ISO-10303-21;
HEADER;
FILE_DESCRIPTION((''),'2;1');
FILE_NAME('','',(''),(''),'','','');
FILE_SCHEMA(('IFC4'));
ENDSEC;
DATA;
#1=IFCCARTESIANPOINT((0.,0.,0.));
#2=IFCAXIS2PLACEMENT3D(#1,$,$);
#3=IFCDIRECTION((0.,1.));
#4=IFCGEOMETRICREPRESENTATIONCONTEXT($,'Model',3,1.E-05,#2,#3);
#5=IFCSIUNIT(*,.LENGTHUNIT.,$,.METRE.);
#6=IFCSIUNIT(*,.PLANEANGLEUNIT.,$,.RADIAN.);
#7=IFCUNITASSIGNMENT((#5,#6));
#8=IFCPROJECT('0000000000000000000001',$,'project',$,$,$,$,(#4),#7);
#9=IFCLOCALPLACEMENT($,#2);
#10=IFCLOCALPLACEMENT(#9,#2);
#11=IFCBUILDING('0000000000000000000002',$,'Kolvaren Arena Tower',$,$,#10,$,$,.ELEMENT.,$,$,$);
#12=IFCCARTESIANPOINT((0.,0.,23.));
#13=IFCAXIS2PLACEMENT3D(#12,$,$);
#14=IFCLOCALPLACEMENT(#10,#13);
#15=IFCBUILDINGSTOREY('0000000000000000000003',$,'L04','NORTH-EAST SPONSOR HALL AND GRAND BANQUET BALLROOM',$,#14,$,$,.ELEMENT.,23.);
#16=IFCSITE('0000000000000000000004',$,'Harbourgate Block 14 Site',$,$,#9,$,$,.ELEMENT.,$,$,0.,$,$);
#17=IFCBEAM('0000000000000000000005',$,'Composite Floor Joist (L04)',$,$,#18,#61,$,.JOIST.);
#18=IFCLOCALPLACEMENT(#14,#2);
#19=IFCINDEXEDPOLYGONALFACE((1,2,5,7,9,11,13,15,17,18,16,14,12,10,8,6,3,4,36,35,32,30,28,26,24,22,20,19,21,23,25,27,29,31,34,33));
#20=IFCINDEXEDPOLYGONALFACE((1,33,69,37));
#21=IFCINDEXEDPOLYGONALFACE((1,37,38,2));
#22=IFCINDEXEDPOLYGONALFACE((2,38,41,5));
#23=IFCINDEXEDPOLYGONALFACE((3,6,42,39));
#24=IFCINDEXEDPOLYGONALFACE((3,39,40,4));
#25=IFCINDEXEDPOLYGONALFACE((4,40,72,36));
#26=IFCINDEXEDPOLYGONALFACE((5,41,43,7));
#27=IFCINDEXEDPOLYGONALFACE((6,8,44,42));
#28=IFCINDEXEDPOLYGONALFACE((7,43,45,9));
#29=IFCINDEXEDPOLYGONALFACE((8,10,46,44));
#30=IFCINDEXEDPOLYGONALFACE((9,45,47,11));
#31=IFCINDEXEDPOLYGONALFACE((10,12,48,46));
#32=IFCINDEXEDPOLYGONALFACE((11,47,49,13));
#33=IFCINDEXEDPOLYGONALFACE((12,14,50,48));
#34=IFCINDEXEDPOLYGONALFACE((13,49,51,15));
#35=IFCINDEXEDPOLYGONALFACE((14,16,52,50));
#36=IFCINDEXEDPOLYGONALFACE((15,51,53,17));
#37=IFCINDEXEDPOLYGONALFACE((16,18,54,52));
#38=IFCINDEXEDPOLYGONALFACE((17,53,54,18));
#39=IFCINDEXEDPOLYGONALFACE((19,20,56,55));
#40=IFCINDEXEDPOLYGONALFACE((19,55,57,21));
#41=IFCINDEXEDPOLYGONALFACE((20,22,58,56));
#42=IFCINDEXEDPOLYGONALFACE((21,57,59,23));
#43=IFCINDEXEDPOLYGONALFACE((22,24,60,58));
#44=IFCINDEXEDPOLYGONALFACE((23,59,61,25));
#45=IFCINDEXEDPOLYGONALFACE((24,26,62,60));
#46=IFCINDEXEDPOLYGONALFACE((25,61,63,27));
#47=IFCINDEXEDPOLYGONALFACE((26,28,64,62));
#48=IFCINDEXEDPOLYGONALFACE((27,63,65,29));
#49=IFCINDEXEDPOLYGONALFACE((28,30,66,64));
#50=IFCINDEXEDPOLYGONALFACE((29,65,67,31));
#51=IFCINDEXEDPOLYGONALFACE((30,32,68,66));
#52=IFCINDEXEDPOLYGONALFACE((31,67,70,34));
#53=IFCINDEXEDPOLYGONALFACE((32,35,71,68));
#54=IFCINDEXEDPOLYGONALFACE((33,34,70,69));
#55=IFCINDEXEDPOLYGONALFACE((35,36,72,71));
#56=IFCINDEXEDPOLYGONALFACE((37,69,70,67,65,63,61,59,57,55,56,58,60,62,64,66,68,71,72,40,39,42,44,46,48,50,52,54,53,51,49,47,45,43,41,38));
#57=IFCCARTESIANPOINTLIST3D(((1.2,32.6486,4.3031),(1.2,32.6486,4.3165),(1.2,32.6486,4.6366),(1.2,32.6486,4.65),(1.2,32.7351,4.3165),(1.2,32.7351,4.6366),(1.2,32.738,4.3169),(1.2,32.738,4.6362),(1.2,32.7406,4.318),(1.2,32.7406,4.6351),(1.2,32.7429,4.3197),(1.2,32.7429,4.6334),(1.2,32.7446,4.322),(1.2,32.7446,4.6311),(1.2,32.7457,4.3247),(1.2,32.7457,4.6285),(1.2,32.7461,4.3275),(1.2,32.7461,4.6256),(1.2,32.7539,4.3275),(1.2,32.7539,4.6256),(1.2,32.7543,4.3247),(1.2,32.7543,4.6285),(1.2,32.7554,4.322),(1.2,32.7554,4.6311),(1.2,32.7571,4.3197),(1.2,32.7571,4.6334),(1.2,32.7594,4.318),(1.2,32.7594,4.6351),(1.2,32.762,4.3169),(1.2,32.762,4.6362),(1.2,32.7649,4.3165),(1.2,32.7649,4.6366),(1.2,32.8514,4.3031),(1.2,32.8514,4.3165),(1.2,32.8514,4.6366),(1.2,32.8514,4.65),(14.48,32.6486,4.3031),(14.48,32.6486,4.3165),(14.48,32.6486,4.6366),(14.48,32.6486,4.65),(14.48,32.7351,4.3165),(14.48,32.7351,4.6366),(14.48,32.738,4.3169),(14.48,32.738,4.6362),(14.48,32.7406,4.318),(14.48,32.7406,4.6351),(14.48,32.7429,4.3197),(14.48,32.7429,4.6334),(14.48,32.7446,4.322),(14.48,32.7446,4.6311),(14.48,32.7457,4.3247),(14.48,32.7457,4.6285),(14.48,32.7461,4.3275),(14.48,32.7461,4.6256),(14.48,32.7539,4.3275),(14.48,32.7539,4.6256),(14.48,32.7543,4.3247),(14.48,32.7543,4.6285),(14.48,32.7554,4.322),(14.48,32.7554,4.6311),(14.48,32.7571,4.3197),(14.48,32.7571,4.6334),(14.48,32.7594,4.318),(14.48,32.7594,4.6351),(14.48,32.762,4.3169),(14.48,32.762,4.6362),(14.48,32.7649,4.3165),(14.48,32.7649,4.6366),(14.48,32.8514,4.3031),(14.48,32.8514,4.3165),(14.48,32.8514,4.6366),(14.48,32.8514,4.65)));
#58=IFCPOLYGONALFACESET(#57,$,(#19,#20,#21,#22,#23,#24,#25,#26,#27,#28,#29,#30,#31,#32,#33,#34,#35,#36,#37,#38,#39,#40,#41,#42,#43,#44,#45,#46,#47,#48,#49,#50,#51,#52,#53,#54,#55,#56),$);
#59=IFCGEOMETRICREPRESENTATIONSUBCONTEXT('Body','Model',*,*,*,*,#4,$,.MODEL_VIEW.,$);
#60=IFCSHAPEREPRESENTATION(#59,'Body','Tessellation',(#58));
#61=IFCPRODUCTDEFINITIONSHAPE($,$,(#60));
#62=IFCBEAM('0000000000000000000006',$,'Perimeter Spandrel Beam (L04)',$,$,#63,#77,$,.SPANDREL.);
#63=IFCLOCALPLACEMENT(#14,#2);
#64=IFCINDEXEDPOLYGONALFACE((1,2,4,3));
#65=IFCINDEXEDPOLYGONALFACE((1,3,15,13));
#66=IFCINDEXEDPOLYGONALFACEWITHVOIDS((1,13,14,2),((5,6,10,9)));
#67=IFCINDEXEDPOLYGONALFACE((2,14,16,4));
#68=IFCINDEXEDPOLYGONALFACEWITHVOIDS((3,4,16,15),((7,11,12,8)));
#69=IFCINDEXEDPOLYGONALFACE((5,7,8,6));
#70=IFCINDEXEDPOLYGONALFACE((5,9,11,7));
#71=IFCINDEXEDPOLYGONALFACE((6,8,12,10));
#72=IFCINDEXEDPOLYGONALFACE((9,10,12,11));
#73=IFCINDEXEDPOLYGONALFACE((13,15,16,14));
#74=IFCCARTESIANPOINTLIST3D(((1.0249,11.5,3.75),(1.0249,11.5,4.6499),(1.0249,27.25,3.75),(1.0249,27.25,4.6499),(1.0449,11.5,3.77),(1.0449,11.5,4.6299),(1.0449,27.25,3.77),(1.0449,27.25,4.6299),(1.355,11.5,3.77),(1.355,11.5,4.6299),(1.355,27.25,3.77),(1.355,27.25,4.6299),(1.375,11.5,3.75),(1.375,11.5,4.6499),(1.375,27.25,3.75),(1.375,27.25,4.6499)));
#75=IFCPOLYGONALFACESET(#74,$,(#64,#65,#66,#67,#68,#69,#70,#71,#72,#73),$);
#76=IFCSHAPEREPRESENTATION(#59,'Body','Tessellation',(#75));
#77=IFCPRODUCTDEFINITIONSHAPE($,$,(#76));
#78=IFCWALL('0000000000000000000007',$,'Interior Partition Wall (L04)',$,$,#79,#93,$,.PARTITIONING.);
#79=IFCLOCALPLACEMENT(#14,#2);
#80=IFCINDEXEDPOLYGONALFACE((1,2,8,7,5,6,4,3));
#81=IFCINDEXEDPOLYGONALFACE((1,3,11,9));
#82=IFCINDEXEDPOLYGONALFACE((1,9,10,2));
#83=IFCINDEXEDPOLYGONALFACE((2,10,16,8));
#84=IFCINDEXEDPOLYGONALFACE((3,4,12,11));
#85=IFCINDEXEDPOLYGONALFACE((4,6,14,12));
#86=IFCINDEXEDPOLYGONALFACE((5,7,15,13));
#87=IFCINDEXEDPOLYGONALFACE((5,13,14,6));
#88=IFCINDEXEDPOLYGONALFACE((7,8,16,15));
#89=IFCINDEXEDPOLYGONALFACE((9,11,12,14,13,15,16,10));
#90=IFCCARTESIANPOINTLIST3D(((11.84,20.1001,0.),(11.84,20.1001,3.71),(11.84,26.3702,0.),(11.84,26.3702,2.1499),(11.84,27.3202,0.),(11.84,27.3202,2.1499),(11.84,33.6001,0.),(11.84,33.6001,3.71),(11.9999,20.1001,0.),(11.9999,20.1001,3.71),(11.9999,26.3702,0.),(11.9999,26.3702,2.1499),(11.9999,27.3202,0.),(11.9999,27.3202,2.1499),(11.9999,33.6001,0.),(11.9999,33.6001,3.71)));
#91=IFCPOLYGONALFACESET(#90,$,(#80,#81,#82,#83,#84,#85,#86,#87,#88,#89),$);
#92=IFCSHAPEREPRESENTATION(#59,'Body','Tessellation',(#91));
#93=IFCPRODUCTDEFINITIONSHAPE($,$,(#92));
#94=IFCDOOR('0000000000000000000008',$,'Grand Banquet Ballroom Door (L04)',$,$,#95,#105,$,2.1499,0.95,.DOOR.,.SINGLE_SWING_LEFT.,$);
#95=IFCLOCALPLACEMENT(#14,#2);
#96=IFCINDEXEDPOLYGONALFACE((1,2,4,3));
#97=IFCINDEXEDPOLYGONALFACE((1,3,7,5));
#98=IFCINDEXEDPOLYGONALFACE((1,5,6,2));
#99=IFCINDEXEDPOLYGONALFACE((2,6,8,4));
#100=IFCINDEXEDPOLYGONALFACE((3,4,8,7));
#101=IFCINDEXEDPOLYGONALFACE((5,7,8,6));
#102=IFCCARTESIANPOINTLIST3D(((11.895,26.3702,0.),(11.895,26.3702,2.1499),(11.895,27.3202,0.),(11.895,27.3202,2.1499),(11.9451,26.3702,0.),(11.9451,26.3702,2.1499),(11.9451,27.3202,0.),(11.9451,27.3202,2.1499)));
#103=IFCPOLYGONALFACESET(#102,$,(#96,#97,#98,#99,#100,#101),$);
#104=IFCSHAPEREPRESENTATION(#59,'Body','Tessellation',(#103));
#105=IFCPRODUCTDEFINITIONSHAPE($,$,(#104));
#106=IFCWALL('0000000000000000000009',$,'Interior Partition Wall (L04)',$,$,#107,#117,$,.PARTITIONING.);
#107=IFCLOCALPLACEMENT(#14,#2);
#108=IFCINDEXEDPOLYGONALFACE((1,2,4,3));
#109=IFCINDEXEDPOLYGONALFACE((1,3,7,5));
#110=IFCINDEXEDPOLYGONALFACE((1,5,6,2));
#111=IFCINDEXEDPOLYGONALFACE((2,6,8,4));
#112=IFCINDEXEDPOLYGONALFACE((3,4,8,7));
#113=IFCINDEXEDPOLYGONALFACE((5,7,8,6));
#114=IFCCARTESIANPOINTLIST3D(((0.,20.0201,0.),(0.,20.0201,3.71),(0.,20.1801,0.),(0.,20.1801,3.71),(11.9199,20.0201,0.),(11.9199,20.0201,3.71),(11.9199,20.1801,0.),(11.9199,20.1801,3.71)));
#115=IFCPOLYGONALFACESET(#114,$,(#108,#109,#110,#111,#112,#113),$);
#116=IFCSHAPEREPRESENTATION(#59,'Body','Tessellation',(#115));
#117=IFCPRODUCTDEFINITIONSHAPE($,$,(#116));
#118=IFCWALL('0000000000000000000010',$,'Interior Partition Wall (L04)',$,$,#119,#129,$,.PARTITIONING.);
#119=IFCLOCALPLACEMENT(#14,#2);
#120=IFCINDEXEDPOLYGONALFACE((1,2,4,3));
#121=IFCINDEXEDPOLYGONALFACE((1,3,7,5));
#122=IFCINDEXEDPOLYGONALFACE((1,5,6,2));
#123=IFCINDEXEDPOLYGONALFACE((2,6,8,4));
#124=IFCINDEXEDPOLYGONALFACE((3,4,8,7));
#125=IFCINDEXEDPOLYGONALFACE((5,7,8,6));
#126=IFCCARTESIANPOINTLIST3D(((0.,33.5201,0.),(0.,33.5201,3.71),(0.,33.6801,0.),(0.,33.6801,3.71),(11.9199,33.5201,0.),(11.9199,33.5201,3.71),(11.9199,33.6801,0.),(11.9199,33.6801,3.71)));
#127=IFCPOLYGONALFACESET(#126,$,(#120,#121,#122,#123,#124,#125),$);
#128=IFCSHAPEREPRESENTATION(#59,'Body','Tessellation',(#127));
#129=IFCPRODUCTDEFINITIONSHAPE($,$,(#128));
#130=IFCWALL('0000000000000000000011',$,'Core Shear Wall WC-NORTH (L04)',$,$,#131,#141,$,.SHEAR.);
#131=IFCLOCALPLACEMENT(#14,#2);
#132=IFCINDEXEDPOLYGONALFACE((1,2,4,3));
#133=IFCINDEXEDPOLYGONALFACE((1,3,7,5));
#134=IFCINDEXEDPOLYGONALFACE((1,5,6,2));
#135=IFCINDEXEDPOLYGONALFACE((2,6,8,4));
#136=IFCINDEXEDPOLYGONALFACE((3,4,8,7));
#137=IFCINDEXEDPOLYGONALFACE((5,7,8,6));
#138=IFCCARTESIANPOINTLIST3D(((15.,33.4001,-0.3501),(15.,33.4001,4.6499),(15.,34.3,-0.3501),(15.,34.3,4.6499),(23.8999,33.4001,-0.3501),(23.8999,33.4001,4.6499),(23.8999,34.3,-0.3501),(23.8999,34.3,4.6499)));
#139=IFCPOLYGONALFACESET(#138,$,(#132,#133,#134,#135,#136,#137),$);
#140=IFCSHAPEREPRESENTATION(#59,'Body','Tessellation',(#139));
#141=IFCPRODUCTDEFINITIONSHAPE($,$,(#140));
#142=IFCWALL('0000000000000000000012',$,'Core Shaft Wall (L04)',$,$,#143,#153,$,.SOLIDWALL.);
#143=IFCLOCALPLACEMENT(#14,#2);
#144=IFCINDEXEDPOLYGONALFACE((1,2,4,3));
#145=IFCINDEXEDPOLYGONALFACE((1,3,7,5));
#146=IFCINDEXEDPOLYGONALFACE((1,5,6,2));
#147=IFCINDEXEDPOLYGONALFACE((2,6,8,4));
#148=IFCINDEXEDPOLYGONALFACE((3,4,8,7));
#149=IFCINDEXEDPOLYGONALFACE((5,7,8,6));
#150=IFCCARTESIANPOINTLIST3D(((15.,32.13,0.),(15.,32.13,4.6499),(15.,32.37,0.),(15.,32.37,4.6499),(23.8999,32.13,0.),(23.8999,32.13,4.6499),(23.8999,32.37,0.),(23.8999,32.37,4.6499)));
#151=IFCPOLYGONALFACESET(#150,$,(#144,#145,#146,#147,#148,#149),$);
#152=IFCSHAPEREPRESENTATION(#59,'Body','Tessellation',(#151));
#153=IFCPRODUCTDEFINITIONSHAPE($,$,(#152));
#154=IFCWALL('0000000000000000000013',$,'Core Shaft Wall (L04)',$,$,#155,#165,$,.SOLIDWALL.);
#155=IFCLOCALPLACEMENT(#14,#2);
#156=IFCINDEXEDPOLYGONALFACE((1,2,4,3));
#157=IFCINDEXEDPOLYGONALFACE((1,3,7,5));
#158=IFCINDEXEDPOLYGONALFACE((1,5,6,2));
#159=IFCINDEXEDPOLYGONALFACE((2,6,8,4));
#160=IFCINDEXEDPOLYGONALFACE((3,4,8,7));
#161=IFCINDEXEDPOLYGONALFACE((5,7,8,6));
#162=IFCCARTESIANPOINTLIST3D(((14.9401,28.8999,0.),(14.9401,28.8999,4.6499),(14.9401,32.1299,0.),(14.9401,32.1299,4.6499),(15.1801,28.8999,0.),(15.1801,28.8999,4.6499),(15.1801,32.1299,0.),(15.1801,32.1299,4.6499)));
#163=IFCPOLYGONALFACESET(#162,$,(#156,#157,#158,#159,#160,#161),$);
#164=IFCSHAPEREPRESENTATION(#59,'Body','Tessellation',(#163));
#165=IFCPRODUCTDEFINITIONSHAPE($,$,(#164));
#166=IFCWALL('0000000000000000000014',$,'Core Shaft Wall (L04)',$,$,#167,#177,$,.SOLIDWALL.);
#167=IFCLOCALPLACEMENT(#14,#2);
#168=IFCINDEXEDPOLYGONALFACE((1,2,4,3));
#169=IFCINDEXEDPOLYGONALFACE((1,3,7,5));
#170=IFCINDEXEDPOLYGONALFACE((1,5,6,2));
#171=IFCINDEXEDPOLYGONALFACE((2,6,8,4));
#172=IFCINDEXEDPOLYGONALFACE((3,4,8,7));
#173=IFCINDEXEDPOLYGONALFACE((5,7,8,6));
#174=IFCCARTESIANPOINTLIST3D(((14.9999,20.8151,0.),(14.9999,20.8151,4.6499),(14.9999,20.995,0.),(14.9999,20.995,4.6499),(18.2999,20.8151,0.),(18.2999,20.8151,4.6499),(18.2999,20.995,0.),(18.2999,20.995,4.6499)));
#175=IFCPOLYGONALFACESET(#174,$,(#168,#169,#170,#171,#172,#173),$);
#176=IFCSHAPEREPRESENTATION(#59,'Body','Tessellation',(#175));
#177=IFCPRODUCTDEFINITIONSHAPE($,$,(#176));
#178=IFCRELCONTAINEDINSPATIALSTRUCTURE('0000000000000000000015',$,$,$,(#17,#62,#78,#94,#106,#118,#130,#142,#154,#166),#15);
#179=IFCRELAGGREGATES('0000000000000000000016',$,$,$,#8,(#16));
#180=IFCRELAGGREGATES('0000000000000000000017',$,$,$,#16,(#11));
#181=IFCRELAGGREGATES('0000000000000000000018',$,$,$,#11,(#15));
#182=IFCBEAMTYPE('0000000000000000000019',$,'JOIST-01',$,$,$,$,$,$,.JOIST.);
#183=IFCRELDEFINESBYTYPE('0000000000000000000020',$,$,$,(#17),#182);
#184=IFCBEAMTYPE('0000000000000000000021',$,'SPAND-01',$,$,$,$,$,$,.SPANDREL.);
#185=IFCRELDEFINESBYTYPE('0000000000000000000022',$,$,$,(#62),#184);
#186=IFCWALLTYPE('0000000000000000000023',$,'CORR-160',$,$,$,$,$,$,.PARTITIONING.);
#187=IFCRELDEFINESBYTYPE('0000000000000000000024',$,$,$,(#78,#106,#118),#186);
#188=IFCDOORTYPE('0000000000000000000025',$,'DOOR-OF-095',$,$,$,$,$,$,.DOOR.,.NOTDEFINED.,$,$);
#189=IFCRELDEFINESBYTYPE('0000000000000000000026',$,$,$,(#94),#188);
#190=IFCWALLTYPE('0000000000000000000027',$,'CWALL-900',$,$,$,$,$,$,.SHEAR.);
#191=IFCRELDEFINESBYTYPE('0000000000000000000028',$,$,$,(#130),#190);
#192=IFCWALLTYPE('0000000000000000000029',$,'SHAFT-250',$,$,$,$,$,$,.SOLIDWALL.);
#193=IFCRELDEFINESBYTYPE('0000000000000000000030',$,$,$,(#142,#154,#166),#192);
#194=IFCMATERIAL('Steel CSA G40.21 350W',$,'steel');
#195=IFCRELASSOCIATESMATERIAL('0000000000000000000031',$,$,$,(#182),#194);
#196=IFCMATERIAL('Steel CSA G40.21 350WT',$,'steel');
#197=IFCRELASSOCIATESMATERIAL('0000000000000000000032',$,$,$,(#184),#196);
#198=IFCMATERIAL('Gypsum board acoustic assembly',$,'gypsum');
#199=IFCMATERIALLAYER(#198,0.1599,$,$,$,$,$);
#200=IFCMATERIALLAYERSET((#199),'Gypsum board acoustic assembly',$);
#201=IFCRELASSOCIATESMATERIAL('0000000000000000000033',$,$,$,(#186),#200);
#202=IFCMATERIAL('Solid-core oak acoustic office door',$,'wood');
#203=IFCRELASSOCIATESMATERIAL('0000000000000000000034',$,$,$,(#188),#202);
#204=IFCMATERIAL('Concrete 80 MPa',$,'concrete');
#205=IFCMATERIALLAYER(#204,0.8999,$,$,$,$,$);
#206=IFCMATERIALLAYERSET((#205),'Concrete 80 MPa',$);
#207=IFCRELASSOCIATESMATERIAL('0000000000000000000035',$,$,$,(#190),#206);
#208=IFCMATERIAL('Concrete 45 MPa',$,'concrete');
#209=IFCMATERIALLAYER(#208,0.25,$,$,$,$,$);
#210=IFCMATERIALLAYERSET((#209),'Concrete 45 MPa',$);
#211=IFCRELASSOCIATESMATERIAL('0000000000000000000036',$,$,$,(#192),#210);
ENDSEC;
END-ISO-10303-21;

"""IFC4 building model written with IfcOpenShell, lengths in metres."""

from ifc_helpers import new_model, si_unit, direction, frame, frame_2d, origin, origin_2d, place, context, subcontext, project, spatial, rectangle, hollow_rectangle, i_section, extrude, material, layer, layer_set, material_profile, profile_set, type_object, element, fill, save


model = new_model("IFC4")

# Units and contexts
model_context = context("Model", 3, precision=1e-05, world=origin(), true_north=direction((0.0, 1.0)))
body_context = subcontext(model_context, "Body", "Model", "MODEL_VIEW")
ifc_project = project(units=[si_unit("LENGTHUNIT", "METRE"), si_unit("PLANEANGLEUNIT", "RADIAN")], contexts=[model_context])

# Site, building, storey
site_placement = place(None, origin())
site = spatial("IfcSite", under=ifc_project, at=site_placement, Name="Harbourgate Block 14 Site", CompositionType="ELEMENT", RefElevation=0.0)
building_placement = place(site_placement, origin())
building = spatial("IfcBuilding", under=site, at=building_placement, Name="Kolvaren Arena Tower", CompositionType="ELEMENT")
storey_placement = place(building_placement, frame((0.0, 0.0, 23.0)))
storey = spatial("IfcBuildingStorey", under=building, at=storey_placement, Name="L04", Description="NORTH-EAST SPONSOR HALL AND GRAND BANQUET BALLROOM", CompositionType="ELEMENT", Elevation=23.0)

# Beams
ifc_material_1 = material(Name="Steel CSA G40.21 350W", Category="steel")
ifc_material_profile_1 = material_profile(ifc_material_1, i_section(OverallWidth=0.2029, OverallDepth=0.3469, WebThickness=0.0078, FlangeThickness=0.0134, FilletRadius=0.011, at=origin_2d()), Name="W360x64")
ifc_profile_set_1 = profile_set([ifc_material_profile_1], Name="Steel CSA G40.21 350W")
beam_type_1 = type_object("IfcBeamType", Name="JOIST-01", PredefinedType="JOIST", material=ifc_profile_set_1)
beam_1_placement = place(storey_placement, frame((1.2, 32.75, 4.4766), z_axis=(1.0, 0.0, 0.0), x_axis=(0.0, 1.0, 0.0)))
element("IfcBeam", 1, at=beam_1_placement, inside=storey, type_object=beam_type_1, Name="Composite Floor Joist (L04)", PredefinedType="JOIST", context=body_context, shape_type="SweptSolid", body=[
    extrude(i_section(OverallWidth=0.2029, OverallDepth=0.3469, WebThickness=0.0078, FlangeThickness=0.0134, FilletRadius=0.011, at=origin_2d()), origin(), (0.0, 0.0, 1.0), 13.28),
])
ifc_material_2 = material(Name="Steel CSA G40.21 350WT", Category="steel")
ifc_material_profile_2 = material_profile(ifc_material_2, hollow_rectangle(XDim=0.3501, YDim=0.8999, WallThickness=0.02, at=origin_2d()), Name="HSS 900x350x20")
ifc_profile_set_2 = profile_set([ifc_material_profile_2], Name="Steel CSA G40.21 350WT")
beam_type_2 = type_object("IfcBeamType", Name="SPAND-01", PredefinedType="SPANDREL", material=ifc_profile_set_2)
beam_2_placement = place(storey_placement, frame((1.2, 27.25, 4.2), z_axis=(0.0, -1.0, 0.0), x_axis=(1.0, 0.0, 0.0)))
element("IfcBeam", 2, at=beam_2_placement, inside=storey, type_object=beam_type_2, Name="Perimeter Spandrel Beam (L04)", PredefinedType="SPANDREL", context=body_context, shape_type="SweptSolid", body=[
    extrude(hollow_rectangle(XDim=0.3501, YDim=0.8999, WallThickness=0.02, at=origin_2d()), origin(), (0.0, 0.0, 1.0), 15.75),
])

# Wall, opening, door
ifc_material_3 = material(Name="Gypsum board acoustic assembly", Category="gypsum")
ifc_layer_1 = layer(ifc_material_3, 0.1599)
ifc_layer_set_1 = layer_set([ifc_layer_1], Name="Gypsum board acoustic assembly")
wall_type_1 = type_object("IfcWallType", Name="CORR-160", PredefinedType="PARTITIONING", material=ifc_layer_set_1)
wall_1_placement = place(storey_placement, frame((11.9199, 20.1001, 0.0), z_axis=(0.0, 0.0, 1.0), x_axis=(0.0, 1.0, 0.0)))
wall_1 = element("IfcWall", 3, at=wall_1_placement, inside=storey, type_object=wall_type_1, Name="Interior Partition Wall (L04)", PredefinedType="PARTITIONING", context=body_context, shape_type="SweptSolid", body=[
    extrude(rectangle(XDim=13.5, YDim=0.1599, at=frame_2d((6.75, 0.0))), origin(), (0.0, 0.0, 1.0), 3.71),
])
opening_1_placement = place(wall_1_placement, frame((6.27, 0.0, 0.0)))
opening_1 = element("IfcOpeningElement", 4, at=opening_1_placement, cuts=wall_1, PredefinedType="OPENING", context=body_context, shape_type="SweptSolid", body=[
    extrude(rectangle(XDim=0.95, YDim=2.1499, at=frame_2d((0.4751, 1.075))), frame((0.0, 0.0898, 0.0), z_axis=(0.0, -1.0, 0.0), x_axis=(1.0, 0.0, 0.0)), (0.0, 0.0, 1.0), 0.1799),
])
ifc_material_4 = material(Name="Solid-core oak acoustic office door", Category="wood")
door_type_1 = type_object("IfcDoorType", Name="DOOR-OF-095", OperationType="NOTDEFINED", PredefinedType="DOOR", material=ifc_material_4)
door_1_placement = place(opening_1_placement, origin())
door_1 = element("IfcDoor", 5, at=door_1_placement, inside=storey, type_object=door_type_1, Name="Grand Banquet Ballroom Door (L04)", OperationType="SINGLE_SWING_LEFT", OverallHeight=2.1499, OverallWidth=0.95, PredefinedType="DOOR", context=body_context, shape_type="SweptSolid", body=[
    extrude(rectangle(XDim=0.95, YDim=2.1499, at=frame_2d((0.4751, 1.075))), frame((0.0, 0.0249, 0.0), z_axis=(0.0, -1.0, 0.0), x_axis=(1.0, 0.0, 0.0)), (0.0, 0.0, 1.0), 0.05),
])
fill(opening_1, door_1)

# Walls
for number, where, z_axis, x_axis, name in (
    (6, (0.0, 20.1001, 0.0), (0.0, 0.0, 1.0), (1.0, 0.0, 0.0), "Interior Partition Wall (L04)"),
    (7, (0.0, 33.6001, 0.0), (0.0, 0.0, 1.0), (1.0, 0.0, 0.0), "Interior Partition Wall (L04)"),
):
    element("IfcWall", number, at=place(storey_placement, frame(where, z_axis=z_axis, x_axis=x_axis)), inside=storey, type_object=wall_type_1, Name=name, PredefinedType="PARTITIONING", context=body_context, shape_type="SweptSolid", body=[
        extrude(rectangle(XDim=11.9199, YDim=0.1599, at=frame_2d((5.96, 0.0))), origin(), (0.0, 0.0, 1.0), 3.71),
    ])
ifc_material_5 = material(Name="Concrete 80 MPa", Category="concrete")
ifc_layer_2 = layer(ifc_material_5, 0.8999)
ifc_layer_set_2 = layer_set([ifc_layer_2], Name="Concrete 80 MPa")
wall_type_2 = type_object("IfcWallType", Name="CWALL-900", PredefinedType="SHEAR", material=ifc_layer_set_2)
wall_2_placement = place(storey_placement, frame((15.0, 33.8501, -0.3501), z_axis=(0.0, 0.0, 1.0), x_axis=(1.0, 0.0, 0.0)))
element("IfcWall", 8, at=wall_2_placement, inside=storey, type_object=wall_type_2, Name="Core Shear Wall WC-NORTH (L04)", PredefinedType="SHEAR", context=body_context, shape_type="SweptSolid", body=[
    extrude(rectangle(XDim=8.8999, YDim=0.8999, at=frame_2d((4.45, 0.0))), origin(), (0.0, 0.0, 1.0), 5.0),
])
ifc_material_6 = material(Name="Concrete 45 MPa", Category="concrete")
ifc_layer_3 = layer(ifc_material_6, 0.25)
ifc_layer_set_3 = layer_set([ifc_layer_3], Name="Concrete 45 MPa")
wall_type_3 = type_object("IfcWallType", Name="SHAFT-250", PredefinedType="SOLIDWALL", material=ifc_layer_set_3)
wall_3_placement = place(storey_placement, frame((15.0, 32.25, 0.0), z_axis=(0.0, 0.0, 1.0), x_axis=(1.0, 0.0, 0.0)))
element("IfcWall", 9, at=wall_3_placement, inside=storey, type_object=wall_type_3, Name="Core Shaft Wall (L04)", PredefinedType="SOLIDWALL", context=body_context, shape_type="SweptSolid", body=[
    extrude(rectangle(XDim=8.8999, YDim=0.24, at=frame_2d((4.45, 0.0))), origin(), (0.0, 0.0, 1.0), 4.6499),
])
wall_4_placement = place(storey_placement, frame((15.0601, 28.8999, 0.0), z_axis=(0.0, 0.0, 1.0), x_axis=(0.0, 1.0, 0.0)))
element("IfcWall", 10, at=wall_4_placement, inside=storey, type_object=wall_type_3, Name="Core Shaft Wall (L04)", PredefinedType="SOLIDWALL", context=body_context, shape_type="SweptSolid", body=[
    extrude(rectangle(XDim=3.23, YDim=0.24, at=frame_2d((1.615, 0.0))), origin(), (0.0, 0.0, 1.0), 4.6499),
])
wall_5_placement = place(storey_placement, frame((15.0, 20.905, 0.0), z_axis=(0.0, 0.0, 1.0), x_axis=(1.0, 0.0, 0.0)))
element("IfcWall", 11, at=wall_5_placement, inside=storey, type_object=wall_type_3, Name="Core Shaft Wall (L04)", PredefinedType="SOLIDWALL", context=body_context, shape_type="SweptSolid", body=[
    extrude(rectangle(XDim=3.3, YDim=0.1799, at=frame_2d((1.6499, 0.0))), origin(), (0.0, 0.0, 1.0), 4.6499),
])

save(model, "model.ifc")
